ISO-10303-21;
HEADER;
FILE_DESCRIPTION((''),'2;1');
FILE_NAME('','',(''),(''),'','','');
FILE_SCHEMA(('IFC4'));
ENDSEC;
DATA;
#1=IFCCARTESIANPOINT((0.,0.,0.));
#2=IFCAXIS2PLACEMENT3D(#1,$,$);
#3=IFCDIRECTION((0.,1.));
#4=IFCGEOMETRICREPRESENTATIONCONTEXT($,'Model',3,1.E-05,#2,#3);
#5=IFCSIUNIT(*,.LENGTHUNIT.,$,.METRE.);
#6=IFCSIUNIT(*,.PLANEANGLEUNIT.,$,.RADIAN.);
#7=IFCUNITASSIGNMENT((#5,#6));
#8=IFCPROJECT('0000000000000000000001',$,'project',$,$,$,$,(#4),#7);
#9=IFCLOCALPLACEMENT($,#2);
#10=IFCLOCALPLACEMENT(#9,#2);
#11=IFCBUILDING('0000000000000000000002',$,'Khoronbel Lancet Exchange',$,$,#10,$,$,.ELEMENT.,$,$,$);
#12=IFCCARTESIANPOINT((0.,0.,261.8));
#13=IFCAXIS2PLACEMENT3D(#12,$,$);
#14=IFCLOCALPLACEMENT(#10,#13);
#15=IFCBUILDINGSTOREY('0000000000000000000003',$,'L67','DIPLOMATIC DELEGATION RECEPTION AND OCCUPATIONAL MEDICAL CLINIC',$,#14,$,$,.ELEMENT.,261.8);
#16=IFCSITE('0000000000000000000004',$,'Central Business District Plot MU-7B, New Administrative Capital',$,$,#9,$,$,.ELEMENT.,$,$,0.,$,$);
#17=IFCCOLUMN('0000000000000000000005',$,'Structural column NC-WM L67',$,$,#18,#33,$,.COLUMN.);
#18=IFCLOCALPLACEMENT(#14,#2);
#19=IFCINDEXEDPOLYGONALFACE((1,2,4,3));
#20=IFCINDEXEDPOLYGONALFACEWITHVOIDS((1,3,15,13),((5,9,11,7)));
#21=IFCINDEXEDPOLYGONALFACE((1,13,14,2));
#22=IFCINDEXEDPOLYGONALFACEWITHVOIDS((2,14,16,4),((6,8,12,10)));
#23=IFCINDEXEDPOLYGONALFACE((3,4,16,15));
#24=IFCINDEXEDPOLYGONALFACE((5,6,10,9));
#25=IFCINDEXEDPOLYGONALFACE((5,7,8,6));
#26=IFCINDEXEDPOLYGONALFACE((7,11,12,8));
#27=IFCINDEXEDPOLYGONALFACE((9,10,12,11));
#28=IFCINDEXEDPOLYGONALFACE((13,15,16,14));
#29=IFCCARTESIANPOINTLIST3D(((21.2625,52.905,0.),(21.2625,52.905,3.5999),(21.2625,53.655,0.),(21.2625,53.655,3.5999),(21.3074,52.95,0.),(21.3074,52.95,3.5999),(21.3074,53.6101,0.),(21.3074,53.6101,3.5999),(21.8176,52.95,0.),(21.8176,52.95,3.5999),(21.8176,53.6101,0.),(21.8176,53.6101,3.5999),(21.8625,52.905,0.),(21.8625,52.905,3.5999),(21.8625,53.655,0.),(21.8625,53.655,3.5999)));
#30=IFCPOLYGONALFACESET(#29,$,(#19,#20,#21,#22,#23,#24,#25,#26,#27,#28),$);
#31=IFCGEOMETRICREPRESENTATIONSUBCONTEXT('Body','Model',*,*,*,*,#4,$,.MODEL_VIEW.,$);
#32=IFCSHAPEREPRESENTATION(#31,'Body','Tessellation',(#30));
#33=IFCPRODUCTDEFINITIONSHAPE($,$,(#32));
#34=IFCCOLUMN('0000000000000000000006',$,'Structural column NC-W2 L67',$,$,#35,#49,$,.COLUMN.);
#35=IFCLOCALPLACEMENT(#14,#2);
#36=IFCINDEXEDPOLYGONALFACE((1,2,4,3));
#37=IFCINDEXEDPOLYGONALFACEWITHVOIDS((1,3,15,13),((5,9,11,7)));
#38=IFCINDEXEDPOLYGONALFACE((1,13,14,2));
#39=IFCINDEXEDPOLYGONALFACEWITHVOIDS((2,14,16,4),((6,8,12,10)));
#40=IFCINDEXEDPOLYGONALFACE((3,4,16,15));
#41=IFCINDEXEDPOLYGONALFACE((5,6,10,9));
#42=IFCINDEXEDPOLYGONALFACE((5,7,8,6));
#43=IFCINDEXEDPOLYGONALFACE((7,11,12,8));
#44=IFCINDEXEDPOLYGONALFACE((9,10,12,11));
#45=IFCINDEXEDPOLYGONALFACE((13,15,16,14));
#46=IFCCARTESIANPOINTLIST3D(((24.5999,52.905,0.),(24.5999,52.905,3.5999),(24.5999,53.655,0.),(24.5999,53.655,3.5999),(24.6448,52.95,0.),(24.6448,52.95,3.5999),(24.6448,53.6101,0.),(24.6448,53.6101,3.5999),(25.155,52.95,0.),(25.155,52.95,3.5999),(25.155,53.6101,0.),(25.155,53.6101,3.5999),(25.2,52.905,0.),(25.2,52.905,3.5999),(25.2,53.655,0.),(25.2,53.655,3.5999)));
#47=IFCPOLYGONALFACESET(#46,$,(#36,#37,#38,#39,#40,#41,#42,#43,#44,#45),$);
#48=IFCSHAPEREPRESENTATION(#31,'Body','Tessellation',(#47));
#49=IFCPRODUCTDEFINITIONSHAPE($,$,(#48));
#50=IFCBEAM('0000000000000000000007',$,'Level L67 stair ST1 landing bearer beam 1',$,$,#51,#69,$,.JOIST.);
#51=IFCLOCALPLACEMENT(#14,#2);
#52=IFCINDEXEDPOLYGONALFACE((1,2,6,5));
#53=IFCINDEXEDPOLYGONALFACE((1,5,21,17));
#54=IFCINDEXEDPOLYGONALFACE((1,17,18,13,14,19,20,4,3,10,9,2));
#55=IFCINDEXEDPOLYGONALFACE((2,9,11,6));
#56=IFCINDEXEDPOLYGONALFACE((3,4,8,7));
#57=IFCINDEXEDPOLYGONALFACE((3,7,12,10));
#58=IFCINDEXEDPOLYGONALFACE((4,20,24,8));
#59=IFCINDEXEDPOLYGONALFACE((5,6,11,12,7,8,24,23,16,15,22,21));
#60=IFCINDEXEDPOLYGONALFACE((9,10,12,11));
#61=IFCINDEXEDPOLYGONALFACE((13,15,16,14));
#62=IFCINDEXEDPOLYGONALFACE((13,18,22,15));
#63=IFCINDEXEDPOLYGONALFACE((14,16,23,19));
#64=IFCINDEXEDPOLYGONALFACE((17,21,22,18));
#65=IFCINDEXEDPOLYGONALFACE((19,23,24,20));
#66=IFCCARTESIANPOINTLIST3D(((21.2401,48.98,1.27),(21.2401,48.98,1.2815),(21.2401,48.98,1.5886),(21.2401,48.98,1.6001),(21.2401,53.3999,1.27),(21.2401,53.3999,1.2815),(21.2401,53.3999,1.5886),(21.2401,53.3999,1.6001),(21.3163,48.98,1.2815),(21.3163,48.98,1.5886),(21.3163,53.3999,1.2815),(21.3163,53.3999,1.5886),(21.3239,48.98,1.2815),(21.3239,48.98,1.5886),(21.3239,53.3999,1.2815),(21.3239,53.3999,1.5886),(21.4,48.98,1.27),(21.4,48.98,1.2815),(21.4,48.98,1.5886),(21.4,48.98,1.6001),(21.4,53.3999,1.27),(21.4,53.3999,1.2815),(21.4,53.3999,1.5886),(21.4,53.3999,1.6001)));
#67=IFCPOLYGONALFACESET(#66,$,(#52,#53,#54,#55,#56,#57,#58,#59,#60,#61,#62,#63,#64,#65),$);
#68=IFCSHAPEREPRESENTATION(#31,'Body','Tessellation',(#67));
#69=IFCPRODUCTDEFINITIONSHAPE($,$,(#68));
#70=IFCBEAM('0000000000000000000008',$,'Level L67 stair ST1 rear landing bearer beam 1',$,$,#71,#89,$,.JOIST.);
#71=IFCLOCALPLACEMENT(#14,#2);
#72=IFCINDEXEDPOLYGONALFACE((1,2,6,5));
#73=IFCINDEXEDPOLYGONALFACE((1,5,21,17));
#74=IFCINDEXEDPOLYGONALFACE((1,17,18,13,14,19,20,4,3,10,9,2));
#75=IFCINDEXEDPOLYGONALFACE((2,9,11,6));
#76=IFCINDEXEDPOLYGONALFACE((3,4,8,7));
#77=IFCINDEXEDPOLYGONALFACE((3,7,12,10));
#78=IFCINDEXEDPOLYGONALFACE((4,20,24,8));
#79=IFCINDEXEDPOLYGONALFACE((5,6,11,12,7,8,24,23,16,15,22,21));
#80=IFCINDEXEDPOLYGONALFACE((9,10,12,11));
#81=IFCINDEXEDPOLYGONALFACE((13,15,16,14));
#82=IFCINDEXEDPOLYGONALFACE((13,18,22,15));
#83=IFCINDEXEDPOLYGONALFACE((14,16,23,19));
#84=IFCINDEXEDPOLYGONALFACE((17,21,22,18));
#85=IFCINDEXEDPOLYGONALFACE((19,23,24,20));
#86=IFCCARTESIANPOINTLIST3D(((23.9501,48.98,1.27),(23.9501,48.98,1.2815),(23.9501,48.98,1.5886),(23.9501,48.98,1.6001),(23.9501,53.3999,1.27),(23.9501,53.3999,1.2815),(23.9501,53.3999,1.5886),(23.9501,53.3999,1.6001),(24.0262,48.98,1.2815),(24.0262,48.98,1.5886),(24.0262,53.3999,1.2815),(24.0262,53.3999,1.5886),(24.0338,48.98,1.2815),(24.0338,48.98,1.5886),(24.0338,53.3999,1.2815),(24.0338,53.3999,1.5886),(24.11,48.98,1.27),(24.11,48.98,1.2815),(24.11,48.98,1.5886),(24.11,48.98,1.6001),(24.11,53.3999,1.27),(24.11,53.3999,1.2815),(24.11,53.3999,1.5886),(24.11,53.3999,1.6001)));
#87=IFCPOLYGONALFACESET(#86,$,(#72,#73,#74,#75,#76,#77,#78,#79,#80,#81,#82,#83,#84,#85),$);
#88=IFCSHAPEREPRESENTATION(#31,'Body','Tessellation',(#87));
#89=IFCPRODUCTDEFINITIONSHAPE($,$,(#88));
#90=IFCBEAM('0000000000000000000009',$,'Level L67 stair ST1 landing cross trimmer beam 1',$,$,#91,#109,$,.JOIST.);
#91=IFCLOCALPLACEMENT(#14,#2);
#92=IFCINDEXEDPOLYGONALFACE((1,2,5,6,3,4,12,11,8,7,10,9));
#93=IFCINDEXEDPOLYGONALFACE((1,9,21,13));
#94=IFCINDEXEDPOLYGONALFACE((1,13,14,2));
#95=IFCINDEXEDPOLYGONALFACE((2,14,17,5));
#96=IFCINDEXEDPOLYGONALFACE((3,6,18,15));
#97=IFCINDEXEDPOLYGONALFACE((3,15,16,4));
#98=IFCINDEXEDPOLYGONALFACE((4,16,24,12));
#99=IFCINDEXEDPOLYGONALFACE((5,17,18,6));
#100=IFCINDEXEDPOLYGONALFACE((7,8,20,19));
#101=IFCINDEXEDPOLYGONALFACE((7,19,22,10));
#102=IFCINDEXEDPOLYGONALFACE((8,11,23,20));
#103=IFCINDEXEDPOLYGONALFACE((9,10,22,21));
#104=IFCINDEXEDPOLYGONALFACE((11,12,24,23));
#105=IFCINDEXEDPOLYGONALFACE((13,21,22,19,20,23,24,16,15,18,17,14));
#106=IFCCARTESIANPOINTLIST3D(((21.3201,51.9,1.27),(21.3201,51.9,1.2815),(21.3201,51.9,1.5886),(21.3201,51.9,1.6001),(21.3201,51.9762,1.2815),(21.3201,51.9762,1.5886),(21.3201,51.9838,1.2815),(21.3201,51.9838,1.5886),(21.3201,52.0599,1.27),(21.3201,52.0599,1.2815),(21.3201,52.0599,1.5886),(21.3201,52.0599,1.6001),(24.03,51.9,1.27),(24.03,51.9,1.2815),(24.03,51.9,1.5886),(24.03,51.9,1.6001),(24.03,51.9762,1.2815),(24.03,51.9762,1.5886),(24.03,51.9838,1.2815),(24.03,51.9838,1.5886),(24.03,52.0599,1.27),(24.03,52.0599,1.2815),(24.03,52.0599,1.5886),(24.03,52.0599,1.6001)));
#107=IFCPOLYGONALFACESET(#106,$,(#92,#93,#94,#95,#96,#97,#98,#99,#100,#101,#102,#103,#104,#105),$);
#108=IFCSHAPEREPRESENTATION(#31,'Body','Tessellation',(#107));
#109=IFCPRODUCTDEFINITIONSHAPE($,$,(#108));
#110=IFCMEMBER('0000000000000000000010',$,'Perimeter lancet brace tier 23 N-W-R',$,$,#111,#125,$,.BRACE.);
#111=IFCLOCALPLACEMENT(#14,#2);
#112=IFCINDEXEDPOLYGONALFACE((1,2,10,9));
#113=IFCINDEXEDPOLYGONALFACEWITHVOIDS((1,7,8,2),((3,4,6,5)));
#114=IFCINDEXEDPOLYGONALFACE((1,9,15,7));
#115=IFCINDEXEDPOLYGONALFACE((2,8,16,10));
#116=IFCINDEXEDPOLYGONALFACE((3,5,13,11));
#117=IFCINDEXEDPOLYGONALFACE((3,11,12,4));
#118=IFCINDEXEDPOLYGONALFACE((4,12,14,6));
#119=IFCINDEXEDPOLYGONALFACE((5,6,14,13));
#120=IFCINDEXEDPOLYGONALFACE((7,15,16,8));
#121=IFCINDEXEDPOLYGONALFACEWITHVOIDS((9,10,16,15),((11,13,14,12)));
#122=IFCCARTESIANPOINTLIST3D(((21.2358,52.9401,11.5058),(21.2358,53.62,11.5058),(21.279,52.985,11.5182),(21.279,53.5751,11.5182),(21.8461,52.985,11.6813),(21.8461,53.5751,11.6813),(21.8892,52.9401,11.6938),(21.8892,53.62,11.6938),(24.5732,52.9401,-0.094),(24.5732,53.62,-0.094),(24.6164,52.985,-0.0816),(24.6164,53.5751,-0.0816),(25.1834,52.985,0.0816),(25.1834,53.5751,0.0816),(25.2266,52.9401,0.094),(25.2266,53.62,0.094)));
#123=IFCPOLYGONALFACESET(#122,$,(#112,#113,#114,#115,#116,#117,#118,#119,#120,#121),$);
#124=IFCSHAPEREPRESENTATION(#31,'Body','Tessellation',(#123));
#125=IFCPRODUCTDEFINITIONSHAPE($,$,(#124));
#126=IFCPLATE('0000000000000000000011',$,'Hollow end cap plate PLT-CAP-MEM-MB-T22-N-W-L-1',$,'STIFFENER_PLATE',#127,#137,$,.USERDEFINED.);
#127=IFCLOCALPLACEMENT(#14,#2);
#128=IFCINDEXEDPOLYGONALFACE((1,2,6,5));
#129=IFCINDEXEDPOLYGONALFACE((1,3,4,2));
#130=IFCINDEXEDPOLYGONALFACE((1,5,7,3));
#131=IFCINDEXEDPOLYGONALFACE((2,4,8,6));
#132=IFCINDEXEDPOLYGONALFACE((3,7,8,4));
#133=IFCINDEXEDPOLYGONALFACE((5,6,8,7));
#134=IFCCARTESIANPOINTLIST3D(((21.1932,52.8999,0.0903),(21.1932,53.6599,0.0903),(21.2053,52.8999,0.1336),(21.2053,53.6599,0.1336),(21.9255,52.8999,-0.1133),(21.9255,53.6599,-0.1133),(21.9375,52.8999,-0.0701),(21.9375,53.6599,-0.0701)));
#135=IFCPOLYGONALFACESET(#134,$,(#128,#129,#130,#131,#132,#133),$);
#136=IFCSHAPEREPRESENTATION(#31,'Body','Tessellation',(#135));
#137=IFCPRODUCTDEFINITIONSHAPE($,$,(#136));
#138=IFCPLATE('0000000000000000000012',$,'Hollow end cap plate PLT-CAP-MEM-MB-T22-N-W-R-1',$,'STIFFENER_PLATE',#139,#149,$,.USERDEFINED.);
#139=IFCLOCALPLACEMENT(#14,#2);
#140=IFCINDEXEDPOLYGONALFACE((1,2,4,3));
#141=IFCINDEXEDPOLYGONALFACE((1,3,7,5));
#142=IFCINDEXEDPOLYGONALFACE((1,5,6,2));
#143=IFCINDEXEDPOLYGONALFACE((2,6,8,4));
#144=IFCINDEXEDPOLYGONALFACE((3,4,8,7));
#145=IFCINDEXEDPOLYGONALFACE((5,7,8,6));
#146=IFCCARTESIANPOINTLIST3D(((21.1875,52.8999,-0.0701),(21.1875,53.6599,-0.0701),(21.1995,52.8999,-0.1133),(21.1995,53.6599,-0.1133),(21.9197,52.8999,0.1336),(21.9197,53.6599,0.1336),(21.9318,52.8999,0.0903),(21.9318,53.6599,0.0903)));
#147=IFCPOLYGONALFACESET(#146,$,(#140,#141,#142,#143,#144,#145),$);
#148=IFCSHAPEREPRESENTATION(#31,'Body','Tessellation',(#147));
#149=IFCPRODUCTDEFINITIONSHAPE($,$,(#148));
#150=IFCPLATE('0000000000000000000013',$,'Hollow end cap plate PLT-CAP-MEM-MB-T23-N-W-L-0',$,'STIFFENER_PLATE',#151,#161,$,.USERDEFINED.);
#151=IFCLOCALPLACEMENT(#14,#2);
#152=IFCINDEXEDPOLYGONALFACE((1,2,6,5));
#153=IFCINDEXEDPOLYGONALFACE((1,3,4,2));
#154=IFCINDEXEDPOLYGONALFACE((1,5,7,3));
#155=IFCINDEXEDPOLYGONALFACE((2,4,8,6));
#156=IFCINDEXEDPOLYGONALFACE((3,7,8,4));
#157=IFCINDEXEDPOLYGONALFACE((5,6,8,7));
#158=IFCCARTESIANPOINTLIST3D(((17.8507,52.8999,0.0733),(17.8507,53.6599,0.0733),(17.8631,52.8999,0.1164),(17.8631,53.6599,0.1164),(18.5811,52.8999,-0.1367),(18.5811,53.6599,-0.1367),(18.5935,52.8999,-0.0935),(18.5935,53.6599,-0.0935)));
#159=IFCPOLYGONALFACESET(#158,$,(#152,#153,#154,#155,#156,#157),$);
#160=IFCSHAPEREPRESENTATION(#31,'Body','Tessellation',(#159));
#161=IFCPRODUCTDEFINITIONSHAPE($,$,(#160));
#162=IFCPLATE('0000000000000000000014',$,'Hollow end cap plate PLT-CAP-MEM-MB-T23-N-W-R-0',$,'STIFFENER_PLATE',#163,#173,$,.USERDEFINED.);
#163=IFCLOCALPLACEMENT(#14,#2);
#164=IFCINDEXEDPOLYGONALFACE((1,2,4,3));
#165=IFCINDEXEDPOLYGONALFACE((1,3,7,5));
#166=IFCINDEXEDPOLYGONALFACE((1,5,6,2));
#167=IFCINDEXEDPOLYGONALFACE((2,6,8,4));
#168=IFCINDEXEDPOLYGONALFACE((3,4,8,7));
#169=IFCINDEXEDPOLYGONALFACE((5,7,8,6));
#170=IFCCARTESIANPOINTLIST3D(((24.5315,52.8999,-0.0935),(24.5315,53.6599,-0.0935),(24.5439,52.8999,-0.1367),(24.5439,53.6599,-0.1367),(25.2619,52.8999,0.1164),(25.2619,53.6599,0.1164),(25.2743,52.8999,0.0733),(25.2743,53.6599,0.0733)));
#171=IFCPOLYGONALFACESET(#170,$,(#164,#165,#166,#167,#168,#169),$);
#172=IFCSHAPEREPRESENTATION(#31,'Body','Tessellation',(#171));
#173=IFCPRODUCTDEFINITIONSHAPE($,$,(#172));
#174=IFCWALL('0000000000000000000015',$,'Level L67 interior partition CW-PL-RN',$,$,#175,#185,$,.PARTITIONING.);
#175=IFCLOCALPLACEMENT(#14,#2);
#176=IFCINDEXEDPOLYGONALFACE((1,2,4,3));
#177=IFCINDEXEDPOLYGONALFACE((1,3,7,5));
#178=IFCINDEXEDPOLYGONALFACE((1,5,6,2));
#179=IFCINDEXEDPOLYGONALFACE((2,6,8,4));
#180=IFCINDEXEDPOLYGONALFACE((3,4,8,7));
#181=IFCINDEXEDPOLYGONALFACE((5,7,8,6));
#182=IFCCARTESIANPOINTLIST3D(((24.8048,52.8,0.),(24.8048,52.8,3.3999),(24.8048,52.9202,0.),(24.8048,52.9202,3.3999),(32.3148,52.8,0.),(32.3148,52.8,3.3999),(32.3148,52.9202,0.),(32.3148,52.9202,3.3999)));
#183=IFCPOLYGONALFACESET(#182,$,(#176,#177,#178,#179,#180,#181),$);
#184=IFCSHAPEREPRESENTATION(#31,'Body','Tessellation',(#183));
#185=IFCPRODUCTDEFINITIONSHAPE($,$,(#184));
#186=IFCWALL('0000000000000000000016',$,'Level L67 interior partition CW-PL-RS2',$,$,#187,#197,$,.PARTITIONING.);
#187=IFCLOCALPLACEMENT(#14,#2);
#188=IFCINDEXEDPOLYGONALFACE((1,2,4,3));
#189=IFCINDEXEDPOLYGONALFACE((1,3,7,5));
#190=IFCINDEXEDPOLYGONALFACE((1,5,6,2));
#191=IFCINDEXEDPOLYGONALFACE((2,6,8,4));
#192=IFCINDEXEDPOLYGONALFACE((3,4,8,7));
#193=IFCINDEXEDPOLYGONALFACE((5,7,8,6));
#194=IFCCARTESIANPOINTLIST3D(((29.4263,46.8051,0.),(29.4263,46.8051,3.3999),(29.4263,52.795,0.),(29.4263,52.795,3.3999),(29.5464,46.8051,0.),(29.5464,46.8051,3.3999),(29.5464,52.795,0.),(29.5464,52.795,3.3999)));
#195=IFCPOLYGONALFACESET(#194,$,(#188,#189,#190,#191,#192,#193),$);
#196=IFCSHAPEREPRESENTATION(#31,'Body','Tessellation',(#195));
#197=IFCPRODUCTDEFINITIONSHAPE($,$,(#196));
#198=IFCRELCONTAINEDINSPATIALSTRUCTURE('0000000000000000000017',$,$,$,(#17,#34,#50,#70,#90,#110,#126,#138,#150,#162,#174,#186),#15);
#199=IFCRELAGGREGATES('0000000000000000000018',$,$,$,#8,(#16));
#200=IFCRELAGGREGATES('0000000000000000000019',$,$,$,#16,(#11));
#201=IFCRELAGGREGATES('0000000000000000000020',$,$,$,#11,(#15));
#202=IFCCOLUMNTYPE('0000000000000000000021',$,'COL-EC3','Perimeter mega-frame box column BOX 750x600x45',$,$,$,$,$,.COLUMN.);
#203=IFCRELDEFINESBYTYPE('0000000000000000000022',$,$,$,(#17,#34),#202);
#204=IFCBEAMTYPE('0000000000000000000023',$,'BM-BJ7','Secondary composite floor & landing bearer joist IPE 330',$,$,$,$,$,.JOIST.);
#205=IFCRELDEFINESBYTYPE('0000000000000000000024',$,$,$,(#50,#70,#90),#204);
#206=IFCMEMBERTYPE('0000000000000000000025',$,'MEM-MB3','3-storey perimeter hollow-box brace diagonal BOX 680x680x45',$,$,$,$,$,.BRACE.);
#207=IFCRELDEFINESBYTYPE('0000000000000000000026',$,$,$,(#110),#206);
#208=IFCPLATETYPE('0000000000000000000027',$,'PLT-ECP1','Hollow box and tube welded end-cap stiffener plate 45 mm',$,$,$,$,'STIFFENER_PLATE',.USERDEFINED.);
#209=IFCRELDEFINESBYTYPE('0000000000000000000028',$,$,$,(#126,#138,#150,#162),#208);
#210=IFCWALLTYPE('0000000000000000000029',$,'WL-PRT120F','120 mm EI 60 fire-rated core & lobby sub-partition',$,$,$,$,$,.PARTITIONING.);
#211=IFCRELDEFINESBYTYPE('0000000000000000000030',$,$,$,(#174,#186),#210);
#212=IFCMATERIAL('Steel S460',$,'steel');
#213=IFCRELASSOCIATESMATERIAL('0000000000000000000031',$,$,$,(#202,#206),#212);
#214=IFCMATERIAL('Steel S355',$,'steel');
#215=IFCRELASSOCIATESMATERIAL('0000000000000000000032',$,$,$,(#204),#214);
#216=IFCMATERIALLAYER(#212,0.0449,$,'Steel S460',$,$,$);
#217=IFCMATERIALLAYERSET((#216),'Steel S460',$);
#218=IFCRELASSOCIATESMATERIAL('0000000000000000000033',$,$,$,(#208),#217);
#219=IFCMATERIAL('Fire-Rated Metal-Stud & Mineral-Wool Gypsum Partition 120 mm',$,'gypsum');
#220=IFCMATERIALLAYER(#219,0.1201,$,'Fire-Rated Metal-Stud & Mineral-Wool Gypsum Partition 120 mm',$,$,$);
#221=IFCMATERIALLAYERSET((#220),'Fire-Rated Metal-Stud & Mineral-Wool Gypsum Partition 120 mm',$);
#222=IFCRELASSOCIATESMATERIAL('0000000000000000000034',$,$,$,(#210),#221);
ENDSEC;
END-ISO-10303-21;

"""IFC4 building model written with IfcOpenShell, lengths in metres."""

from ifc_helpers import new_model, si_unit, direction, frame, frame_2d, origin, origin_2d, place, context, subcontext, project, spatial, polyline, rectangle, hollow_rectangle, i_section, outline, extrude, material, layer, layer_set, material_profile, profile_set, type_object, element, save


model = new_model("IFC4")

# Units and contexts
model_context = context("Model", 3, precision=1e-05, world=origin(), true_north=direction((0.0, 1.0)))
body_context = subcontext(model_context, "Body", "Model", "MODEL_VIEW")
ifc_project = project(units=[si_unit("LENGTHUNIT", "METRE"), si_unit("PLANEANGLEUNIT", "RADIAN")], contexts=[model_context])

# Site, building, storey
site_placement = place(None, origin())
site = spatial("IfcSite", under=ifc_project, at=site_placement, Name="Central Business District Plot MU-7B, New Administrative Capital", CompositionType="ELEMENT", RefElevation=0.0)
building_placement = place(site_placement, origin())
building = spatial("IfcBuilding", under=site, at=building_placement, Name="Khoronbel Lancet Exchange", CompositionType="ELEMENT")
storey_placement = place(building_placement, frame((0.0, 0.0, 261.8)))
storey = spatial("IfcBuildingStorey", under=building, at=storey_placement, Name="L67", Description="DIPLOMATIC DELEGATION RECEPTION AND OCCUPATIONAL MEDICAL CLINIC", CompositionType="ELEMENT", Elevation=261.8)

# Columns
ifc_material_1 = material(Name="Steel S460", Category="steel")
ifc_material_profile_1 = material_profile(ifc_material_1, hollow_rectangle(XDim=0.6001, YDim=0.75, WallThickness=0.0449, at=origin_2d()), Name="BOX 750x600x45")
ifc_profile_set_1 = profile_set([ifc_material_profile_1], Name="Steel S460")
column_type = type_object("IfcColumnType", Name="COL-EC3", Description="Perimeter mega-frame box column BOX 750x600x45", PredefinedType="COLUMN", material=ifc_profile_set_1)
for number, where, z_axis, x_axis, name in (
    (1, (21.5625, 53.28, 0.0), (0.0, 0.0, 1.0), (1.0, 0.0, 0.0), "Structural column NC-WM L67"),
    (2, (24.8999, 53.28, 0.0), (0.0, 0.0, 1.0), (1.0, 0.0, 0.0), "Structural column NC-W2 L67"),
):
    element("IfcColumn", number, at=place(storey_placement, frame(where, z_axis=z_axis, x_axis=x_axis)), inside=storey, type_object=column_type, Name=name, PredefinedType="COLUMN", context=body_context, shape_type="SweptSolid", body=[
        extrude(hollow_rectangle(XDim=0.6001, YDim=0.75, WallThickness=0.0449, at=origin_2d()), origin(), (0.0, 0.0, 1.0), 3.5999),
    ])

# Beams
ifc_material_2 = material(Name="Steel S355", Category="steel")
ifc_material_profile_2 = material_profile(ifc_material_2, i_section(OverallWidth=0.1599, OverallDepth=0.3301, WebThickness=0.0076, FlangeThickness=0.0115, at=origin_2d()), Name="IPE 330")
ifc_profile_set_2 = profile_set([ifc_material_profile_2], Name="Steel S355")
beam_type = type_object("IfcBeamType", Name="BM-BJ7", Description="Secondary composite floor & landing bearer joist IPE 330", PredefinedType="JOIST", material=ifc_profile_set_2)
for number, where, z_axis, x_axis, name in (
    (3, (21.3201, 48.98, 1.4351), (0.0, 1.0, 0.0), (-1.0, 0.0, 0.0), "Level L67 stair ST1 landing bearer beam 1"),
    (4, (24.03, 48.98, 1.4351), (0.0, 1.0, 0.0), (-1.0, 0.0, 0.0), "Level L67 stair ST1 rear landing bearer beam 1"),
):
    element("IfcBeam", number, at=place(storey_placement, frame(where, z_axis=z_axis, x_axis=x_axis)), inside=storey, type_object=beam_type, Name=name, PredefinedType="JOIST", context=body_context, shape_type="SweptSolid", body=[
        extrude(i_section(OverallWidth=0.1599, OverallDepth=0.3301, WebThickness=0.0076, FlangeThickness=0.0115, at=origin_2d()), origin(), (0.0, 0.0, 1.0), 4.4199),
    ])
beam_placement = place(storey_placement, frame((21.3201, 51.98, 1.4351), z_axis=(1.0, 0.0, 0.0), x_axis=(0.0, 1.0, 0.0)))
element("IfcBeam", 5, at=beam_placement, inside=storey, type_object=beam_type, Name="Level L67 stair ST1 landing cross trimmer beam 1", PredefinedType="JOIST", context=body_context, shape_type="SweptSolid", body=[
    extrude(i_section(OverallWidth=0.1599, OverallDepth=0.3301, WebThickness=0.0076, FlangeThickness=0.0115, at=origin_2d()), origin(), (0.0, 0.0, 1.0), 2.71),
])

# Member
ifc_material_profile_3 = material_profile(ifc_material_1, hollow_rectangle(XDim=0.6799, YDim=0.6799, WallThickness=0.0449, at=origin_2d()), Name="BOX 680x680x45")
ifc_profile_set_3 = profile_set([ifc_material_profile_3], Name="Steel S460")
member_type = type_object("IfcMemberType", Name="MEM-MB3", Description="3-storey perimeter hollow-box brace diagonal BOX 680x680x45", PredefinedType="BRACE", material=ifc_profile_set_3)
member_placement = place(storey_placement, frame((24.8999, 53.28, 0.0), z_axis=(-0.276494, 0.0, 0.961016), x_axis=(0.0, -1.0, 0.0)))
element("IfcMember", 6, at=member_placement, inside=storey, type_object=member_type, Name="Perimeter lancet brace tier 23 N-W-R", PredefinedType="BRACE", context=body_context, shape_type="SweptSolid", body=[
    extrude(hollow_rectangle(XDim=0.6799, YDim=0.6799, WallThickness=0.0449, at=origin_2d()), origin(), (0.0, 0.0, 1.0), 12.0703),
])

# Plates
ifc_layer_1 = layer(ifc_material_1, 0.0449, Name="Steel S460")
ifc_layer_set_1 = layer_set([ifc_layer_1], Name="Steel S460")
plate_type = type_object("IfcPlateType", Name="PLT-ECP1", Description="Hollow box and tube welded end-cap stiffener plate 45 mm", ElementType="STIFFENER_PLATE", PredefinedType="USERDEFINED", material=ifc_layer_set_1)
for number, where, z_axis, x_axis, name in (
    (7, (21.9375, 52.8999, -0.0701), (0.267926, 0.0, 0.96344), (0.0, 1.0, 0.0), "Hollow end cap plate PLT-CAP-MEM-MB-T22-N-W-L-1"),
    (8, (21.1875, 53.6599, -0.0701), (-0.267926, 0.0, 0.96344), (0.0, -1.0, 0.0), "Hollow end cap plate PLT-CAP-MEM-MB-T22-N-W-R-1"),
    (9, (18.5935, 52.8999, -0.0935), (0.276248, 0.0, 0.961086), (0.0, 1.0, 0.0), "Hollow end cap plate PLT-CAP-MEM-MB-T23-N-W-L-0"),
    (10, (24.5315, 53.6599, -0.0935), (-0.276248, 0.0, 0.961086), (0.0, -1.0, 0.0), "Hollow end cap plate PLT-CAP-MEM-MB-T23-N-W-R-0"),
):
    element("IfcPlate", number, at=place(storey_placement, frame(where, z_axis=z_axis, x_axis=x_axis)), inside=storey, type_object=plate_type, Name=name, ObjectType="STIFFENER_PLATE", PredefinedType="USERDEFINED", context=body_context, shape_type="SweptSolid", body=[
        extrude(outline(polyline([(0.0, 0.0), (0.76, 0.0), (0.76, 0.76), (0.0, 0.76), (0.0, 0.0)])), origin(), (0.0, 0.0, -1.0), 0.0449),
    ])

# Walls
ifc_material_3 = material(Name="Fire-Rated Metal-Stud & Mineral-Wool Gypsum Partition 120 mm", Category="gypsum")
ifc_layer_2 = layer(ifc_material_3, 0.1201, Name="Fire-Rated Metal-Stud & Mineral-Wool Gypsum Partition 120 mm")
ifc_layer_set_2 = layer_set([ifc_layer_2], Name="Fire-Rated Metal-Stud & Mineral-Wool Gypsum Partition 120 mm")
wall_type_1 = type_object("IfcWallType", Name="WL-PRT120F", Description="120 mm EI 60 fire-rated core & lobby sub-partition", PredefinedType="PARTITIONING", material=ifc_layer_set_2)
wall_1_placement = place(storey_placement, frame((24.8049, 52.8601, 0.0), z_axis=(0.0, 0.0, 1.0), x_axis=(1.0, 0.0, 0.0)))
element("IfcWall", 11, at=wall_1_placement, inside=storey, type_object=wall_type_1, Name="Level L67 interior partition CW-PL-RN", PredefinedType="PARTITIONING", context=body_context, shape_type="SweptSolid", body=[
    extrude(rectangle(XDim=7.51, YDim=0.1201, at=frame_2d((3.7549, 0.0))), origin(), (0.0, 0.0, 1.0), 3.3999),
])
wall_2_placement = place(storey_placement, frame((29.4863, 46.8049, 0.0), z_axis=(0.0, 0.0, 1.0), x_axis=(0.0, 1.0, 0.0)))
element("IfcWall", 12, at=wall_2_placement, inside=storey, type_object=wall_type_1, Name="Level L67 interior partition CW-PL-RS2", PredefinedType="PARTITIONING", context=body_context, shape_type="SweptSolid", body=[
    extrude(rectangle(XDim=5.99, YDim=0.1201, at=frame_2d((2.9951, 0.0))), origin(), (0.0, 0.0, 1.0), 3.3999),
])

save(model, "model.ifc")
